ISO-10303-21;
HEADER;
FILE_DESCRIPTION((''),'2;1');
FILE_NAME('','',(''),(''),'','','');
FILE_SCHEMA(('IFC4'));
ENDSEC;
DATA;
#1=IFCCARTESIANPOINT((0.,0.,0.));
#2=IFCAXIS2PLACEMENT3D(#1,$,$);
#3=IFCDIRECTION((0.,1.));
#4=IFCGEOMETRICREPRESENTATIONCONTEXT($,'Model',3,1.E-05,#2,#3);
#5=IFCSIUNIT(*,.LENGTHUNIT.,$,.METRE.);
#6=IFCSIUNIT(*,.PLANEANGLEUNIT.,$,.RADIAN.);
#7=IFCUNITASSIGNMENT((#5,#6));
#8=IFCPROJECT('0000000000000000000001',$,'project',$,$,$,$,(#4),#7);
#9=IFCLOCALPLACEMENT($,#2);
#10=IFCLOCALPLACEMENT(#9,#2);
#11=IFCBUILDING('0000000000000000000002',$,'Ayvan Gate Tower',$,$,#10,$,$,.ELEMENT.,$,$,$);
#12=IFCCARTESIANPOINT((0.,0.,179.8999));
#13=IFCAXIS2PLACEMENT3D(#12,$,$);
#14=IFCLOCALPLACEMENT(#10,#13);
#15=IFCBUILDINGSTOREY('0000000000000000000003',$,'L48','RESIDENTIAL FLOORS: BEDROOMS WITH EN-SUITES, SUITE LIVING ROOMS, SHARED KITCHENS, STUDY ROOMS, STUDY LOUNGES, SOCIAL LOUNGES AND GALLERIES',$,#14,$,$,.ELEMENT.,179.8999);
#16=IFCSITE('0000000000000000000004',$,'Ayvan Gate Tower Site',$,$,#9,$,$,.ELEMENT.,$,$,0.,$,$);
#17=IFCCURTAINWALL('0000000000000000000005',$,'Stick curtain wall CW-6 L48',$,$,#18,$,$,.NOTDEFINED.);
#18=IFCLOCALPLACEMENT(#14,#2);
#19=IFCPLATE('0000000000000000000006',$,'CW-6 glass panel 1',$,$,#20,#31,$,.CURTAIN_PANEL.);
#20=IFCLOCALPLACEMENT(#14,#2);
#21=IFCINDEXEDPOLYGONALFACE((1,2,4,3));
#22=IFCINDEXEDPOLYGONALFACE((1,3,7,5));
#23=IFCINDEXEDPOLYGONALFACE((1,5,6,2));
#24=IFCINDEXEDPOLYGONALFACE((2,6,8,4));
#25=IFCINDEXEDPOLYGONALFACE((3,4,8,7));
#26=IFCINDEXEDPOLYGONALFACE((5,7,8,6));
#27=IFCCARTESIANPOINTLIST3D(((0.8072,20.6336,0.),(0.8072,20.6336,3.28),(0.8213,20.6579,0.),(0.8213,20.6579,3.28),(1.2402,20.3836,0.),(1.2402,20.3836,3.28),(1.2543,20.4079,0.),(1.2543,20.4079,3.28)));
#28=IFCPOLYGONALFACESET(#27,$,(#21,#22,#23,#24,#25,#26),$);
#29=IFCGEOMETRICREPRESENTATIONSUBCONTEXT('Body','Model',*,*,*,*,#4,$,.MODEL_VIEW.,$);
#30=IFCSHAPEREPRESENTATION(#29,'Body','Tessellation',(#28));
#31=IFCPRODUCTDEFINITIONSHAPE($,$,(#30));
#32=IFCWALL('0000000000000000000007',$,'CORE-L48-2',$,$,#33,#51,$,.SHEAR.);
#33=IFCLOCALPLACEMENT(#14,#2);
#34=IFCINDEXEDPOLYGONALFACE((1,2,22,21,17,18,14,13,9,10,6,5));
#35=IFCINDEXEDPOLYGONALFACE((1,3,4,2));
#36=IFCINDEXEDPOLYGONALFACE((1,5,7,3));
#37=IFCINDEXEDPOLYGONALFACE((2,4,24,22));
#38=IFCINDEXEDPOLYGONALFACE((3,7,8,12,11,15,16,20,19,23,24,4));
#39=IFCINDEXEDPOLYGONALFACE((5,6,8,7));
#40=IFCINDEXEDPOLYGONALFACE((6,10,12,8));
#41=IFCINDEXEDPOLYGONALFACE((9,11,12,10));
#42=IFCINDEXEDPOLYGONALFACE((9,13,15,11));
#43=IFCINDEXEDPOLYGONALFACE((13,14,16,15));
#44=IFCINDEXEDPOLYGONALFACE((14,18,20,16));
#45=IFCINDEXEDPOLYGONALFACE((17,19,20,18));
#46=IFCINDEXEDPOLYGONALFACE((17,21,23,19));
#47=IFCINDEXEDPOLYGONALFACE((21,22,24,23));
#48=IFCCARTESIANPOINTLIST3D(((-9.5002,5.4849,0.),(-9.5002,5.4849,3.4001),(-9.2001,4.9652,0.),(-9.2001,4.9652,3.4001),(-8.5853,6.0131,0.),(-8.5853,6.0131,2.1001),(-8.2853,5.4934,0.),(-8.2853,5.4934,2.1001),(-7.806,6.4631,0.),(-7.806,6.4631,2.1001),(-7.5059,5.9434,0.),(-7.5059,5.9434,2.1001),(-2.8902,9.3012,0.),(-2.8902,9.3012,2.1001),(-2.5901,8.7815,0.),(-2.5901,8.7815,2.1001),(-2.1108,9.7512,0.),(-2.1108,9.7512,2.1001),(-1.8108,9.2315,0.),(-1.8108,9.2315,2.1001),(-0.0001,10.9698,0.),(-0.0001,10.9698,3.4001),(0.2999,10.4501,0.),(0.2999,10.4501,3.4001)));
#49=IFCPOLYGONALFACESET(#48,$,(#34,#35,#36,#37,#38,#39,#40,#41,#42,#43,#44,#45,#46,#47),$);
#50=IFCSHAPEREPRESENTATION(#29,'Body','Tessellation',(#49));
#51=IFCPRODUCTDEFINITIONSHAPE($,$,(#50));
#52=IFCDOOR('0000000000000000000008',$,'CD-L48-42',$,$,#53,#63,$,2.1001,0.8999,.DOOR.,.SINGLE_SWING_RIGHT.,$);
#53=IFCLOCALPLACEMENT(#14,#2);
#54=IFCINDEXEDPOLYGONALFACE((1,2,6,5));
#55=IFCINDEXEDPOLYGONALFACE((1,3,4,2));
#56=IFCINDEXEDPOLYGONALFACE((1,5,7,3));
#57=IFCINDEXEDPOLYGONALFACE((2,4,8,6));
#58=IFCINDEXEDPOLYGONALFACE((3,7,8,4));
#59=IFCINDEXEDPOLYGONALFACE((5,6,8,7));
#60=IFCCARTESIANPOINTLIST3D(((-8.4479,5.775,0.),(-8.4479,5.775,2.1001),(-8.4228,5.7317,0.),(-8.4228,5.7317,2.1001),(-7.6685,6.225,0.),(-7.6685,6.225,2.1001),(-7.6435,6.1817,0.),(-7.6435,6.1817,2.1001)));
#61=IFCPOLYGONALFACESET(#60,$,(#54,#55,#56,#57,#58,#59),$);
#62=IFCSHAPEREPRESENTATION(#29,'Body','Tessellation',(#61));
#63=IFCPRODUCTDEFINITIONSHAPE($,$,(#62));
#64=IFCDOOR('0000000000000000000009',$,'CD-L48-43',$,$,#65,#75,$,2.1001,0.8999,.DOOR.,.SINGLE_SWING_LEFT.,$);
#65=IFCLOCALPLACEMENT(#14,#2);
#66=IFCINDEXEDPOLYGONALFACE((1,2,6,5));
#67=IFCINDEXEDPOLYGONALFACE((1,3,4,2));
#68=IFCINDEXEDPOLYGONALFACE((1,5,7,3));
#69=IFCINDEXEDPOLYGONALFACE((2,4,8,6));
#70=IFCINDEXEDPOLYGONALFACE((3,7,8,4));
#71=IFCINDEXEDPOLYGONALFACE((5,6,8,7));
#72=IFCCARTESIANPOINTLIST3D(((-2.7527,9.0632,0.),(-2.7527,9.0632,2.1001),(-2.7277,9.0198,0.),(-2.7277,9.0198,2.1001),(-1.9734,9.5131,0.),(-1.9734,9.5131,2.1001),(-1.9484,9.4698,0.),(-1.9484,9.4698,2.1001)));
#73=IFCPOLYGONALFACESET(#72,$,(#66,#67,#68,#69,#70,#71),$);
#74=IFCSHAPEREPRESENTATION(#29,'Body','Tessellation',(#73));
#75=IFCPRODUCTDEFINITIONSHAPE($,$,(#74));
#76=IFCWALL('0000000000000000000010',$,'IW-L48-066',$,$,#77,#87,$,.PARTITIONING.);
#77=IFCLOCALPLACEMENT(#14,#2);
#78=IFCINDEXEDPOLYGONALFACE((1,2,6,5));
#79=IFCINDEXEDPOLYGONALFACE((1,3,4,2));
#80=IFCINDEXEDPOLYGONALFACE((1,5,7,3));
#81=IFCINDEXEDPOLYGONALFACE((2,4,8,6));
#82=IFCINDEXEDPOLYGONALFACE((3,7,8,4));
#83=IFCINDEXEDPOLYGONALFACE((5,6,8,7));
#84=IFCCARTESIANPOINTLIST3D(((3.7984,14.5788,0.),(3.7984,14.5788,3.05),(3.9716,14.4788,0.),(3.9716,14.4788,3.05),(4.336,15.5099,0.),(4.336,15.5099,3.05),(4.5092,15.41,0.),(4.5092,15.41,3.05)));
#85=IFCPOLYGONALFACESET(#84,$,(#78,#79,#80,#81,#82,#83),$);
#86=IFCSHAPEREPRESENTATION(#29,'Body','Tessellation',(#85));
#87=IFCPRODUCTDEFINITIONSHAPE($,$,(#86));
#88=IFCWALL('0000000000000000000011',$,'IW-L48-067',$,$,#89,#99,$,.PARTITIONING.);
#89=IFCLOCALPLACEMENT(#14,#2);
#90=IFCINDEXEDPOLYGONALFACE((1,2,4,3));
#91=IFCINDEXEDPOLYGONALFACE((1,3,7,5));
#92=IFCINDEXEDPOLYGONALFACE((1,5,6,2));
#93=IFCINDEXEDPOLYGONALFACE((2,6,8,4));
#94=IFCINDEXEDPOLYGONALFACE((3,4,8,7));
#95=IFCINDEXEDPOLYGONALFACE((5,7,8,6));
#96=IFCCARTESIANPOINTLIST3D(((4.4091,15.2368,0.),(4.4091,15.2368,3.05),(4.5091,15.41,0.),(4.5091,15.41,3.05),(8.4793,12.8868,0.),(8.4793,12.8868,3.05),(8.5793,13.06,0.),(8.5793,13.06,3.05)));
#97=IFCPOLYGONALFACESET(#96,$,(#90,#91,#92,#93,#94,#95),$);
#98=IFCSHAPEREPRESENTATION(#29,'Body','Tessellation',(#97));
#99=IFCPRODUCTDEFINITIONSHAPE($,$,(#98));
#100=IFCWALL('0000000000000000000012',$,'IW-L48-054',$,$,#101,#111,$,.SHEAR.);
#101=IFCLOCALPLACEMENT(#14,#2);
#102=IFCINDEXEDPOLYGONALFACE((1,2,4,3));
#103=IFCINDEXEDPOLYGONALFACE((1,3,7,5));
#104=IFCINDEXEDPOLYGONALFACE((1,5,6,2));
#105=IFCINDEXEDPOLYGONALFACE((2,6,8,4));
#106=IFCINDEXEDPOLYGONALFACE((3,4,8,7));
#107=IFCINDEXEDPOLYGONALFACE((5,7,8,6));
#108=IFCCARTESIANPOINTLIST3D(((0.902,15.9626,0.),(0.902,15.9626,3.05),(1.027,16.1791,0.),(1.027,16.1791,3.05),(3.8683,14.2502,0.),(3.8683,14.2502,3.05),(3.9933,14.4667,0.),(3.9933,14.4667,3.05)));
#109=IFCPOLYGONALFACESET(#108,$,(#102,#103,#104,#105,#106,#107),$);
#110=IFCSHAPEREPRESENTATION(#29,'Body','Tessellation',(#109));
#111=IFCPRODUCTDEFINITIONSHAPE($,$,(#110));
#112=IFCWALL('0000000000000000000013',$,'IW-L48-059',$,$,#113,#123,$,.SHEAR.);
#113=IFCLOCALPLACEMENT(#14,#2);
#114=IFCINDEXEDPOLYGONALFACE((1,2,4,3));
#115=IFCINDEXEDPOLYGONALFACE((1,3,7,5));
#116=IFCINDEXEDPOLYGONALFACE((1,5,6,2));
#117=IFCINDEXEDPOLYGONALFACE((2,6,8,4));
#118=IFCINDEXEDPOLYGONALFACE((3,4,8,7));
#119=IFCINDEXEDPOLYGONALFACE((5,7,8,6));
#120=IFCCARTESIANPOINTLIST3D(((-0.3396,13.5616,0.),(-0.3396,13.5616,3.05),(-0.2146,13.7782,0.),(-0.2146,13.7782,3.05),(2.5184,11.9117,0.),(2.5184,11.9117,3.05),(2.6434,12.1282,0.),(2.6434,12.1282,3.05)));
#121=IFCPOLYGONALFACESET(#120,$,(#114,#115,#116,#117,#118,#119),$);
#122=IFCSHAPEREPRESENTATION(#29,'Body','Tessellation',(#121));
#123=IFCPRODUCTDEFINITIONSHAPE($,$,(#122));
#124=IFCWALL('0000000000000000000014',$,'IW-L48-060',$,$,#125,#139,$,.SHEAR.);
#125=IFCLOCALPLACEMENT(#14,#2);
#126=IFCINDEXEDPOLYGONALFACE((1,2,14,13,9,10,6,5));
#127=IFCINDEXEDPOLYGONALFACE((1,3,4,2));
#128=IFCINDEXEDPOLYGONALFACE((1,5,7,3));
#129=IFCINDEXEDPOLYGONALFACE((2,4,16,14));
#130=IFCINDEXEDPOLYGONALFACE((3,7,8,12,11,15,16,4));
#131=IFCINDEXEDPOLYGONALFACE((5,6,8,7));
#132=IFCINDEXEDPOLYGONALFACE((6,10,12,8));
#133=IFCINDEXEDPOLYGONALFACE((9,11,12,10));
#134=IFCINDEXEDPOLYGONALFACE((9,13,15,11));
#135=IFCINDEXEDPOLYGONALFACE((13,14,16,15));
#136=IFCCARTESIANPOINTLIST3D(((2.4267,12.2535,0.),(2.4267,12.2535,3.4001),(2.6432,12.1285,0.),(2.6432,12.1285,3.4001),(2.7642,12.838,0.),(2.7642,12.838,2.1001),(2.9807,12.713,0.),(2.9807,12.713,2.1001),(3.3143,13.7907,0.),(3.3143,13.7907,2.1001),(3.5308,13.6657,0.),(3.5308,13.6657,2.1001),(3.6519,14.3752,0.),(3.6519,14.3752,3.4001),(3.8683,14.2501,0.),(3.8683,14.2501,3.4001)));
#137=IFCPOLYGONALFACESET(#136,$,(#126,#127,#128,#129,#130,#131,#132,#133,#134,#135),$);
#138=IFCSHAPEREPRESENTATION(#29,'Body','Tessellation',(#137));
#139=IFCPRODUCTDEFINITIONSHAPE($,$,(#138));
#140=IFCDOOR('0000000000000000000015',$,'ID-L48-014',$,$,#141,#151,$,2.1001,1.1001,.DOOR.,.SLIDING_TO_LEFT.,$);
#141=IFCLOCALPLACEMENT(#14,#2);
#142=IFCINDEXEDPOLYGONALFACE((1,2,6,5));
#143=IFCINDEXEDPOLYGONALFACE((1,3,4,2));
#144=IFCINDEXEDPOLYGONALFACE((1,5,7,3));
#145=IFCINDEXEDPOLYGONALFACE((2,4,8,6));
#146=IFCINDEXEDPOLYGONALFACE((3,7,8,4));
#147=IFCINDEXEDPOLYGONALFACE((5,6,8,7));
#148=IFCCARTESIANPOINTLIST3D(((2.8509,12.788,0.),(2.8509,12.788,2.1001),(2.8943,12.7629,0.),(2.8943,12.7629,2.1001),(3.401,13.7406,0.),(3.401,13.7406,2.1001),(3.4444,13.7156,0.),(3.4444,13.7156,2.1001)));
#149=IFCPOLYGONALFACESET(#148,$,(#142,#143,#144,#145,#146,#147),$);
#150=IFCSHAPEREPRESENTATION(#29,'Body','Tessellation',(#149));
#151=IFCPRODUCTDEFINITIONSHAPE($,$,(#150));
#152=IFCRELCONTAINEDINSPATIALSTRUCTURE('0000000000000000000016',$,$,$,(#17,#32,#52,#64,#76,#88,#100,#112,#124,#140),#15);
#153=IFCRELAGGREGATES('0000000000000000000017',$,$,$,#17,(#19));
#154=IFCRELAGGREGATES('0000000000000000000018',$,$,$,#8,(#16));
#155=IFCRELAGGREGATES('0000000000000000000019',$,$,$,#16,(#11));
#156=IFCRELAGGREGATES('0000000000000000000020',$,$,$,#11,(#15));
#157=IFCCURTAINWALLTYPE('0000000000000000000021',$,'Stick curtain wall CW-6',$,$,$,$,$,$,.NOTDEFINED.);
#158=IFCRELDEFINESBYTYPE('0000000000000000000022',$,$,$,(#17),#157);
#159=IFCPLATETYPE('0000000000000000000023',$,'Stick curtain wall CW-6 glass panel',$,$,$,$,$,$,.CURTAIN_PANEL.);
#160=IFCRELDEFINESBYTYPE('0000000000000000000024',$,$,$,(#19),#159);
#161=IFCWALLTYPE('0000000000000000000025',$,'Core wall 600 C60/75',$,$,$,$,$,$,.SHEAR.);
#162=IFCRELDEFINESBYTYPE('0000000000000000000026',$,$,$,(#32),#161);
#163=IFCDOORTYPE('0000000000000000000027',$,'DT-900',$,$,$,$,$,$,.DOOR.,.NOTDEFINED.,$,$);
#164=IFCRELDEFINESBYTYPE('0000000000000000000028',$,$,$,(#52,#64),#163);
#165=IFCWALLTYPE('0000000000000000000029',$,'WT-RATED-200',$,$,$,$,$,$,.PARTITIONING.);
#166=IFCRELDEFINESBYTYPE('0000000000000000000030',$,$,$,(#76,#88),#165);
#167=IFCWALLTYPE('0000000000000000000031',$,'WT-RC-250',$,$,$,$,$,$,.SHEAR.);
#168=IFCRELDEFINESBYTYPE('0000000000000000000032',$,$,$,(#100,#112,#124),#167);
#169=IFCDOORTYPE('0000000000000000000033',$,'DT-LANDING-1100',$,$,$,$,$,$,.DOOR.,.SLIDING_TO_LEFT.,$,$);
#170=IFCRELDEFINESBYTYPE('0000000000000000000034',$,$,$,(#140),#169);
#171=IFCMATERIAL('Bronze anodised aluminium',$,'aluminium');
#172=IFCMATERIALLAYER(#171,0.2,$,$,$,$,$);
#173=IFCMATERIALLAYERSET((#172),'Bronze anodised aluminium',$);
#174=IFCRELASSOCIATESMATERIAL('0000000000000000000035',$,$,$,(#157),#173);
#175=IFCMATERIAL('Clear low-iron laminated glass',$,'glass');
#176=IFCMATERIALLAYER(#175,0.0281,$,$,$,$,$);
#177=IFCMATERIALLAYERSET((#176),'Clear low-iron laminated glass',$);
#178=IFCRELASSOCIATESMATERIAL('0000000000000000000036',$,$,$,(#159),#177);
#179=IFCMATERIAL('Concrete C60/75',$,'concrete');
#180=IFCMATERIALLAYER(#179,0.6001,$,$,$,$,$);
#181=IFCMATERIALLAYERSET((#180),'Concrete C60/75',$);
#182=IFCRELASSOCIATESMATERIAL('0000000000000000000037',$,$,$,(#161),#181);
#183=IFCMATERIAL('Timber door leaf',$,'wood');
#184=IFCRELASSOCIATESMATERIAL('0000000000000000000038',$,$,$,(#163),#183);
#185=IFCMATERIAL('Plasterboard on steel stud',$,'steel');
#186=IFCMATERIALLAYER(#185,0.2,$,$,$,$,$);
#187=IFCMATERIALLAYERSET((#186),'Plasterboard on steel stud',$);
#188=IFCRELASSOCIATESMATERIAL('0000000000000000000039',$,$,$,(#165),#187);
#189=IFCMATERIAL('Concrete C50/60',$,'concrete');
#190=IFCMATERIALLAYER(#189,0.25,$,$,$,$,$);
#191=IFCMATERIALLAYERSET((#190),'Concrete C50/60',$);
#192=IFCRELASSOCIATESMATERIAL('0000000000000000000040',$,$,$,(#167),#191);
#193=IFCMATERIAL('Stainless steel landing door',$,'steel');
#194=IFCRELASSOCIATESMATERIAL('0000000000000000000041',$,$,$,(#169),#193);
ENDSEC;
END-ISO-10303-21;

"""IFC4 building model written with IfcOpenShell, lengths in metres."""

from ifc_helpers import new_model, si_unit, direction, frame, frame_2d, origin, origin_2d, place, context, subcontext, project, spatial, rectangle, extrude, material, layer, layer_set, type_object, element, fill, aggregate, save


model = new_model("IFC4")

# Units and contexts
model_context = context("Model", 3, precision=1e-05, world=origin(), true_north=direction((0.0, 1.0)))
body_context = subcontext(model_context, "Body", "Model", "MODEL_VIEW")
ifc_project = project(units=[si_unit("LENGTHUNIT", "METRE"), si_unit("PLANEANGLEUNIT", "RADIAN")], contexts=[model_context])

# Site, building, storey
site_placement = place(None, origin())
site = spatial("IfcSite", under=ifc_project, at=site_placement, Name="Ayvan Gate Tower Site", CompositionType="ELEMENT", RefElevation=0.0)
building_placement = place(site_placement, origin())
building = spatial("IfcBuilding", under=site, at=building_placement, Name="Ayvan Gate Tower", CompositionType="ELEMENT")
storey_placement = place(building_placement, frame((0.0, 0.0, 179.8999)))
storey = spatial("IfcBuildingStorey", under=building, at=storey_placement, Name="L48", Description="RESIDENTIAL FLOORS: BEDROOMS WITH EN-SUITES, SUITE LIVING ROOMS, SHARED KITCHENS, STUDY ROOMS, STUDY LOUNGES, SOCIAL LOUNGES AND GALLERIES", CompositionType="ELEMENT", Elevation=179.8999)

# Curtain wall
ifc_material_1 = material(Name="Bronze anodised aluminium", Category="aluminium")
ifc_layer_1 = layer(ifc_material_1, 0.2)
ifc_layer_set_1 = layer_set([ifc_layer_1], Name="Bronze anodised aluminium")
curtain_wall_type_1 = type_object("IfcCurtainWallType", Name="Stick curtain wall CW-6", PredefinedType="NOTDEFINED", material=ifc_layer_set_1)
curtain_wall_1_placement = place(storey_placement, origin())
curtain_wall_1 = element("IfcCurtainWall", 1, at=curtain_wall_1_placement, inside=storey, type_object=curtain_wall_type_1, Name="Stick curtain wall CW-6 L48", PredefinedType="NOTDEFINED")

# Plate
ifc_material_2 = material(Name="Clear low-iron laminated glass", Category="glass")
ifc_layer_2 = layer(ifc_material_2, 0.0281)
ifc_layer_set_2 = layer_set([ifc_layer_2], Name="Clear low-iron laminated glass")
plate_type_1 = type_object("IfcPlateType", Name="Stick curtain wall CW-6 glass panel", PredefinedType="CURTAIN_PANEL", material=ifc_layer_set_2)
plate_1_placement = place(storey_placement, frame((1.0308, 20.5208, 0.0), z_axis=(0.0, 0.0, 1.0), x_axis=(-0.866025, 0.5, 0.0)))
plate_1 = element("IfcPlate", 2, at=plate_1_placement, type_object=plate_type_1, Name="CW-6 glass panel 1", PredefinedType="CURTAIN_PANEL", context=body_context, shape_type="SweptSolid", body=[
    extrude(rectangle(XDim=0.5, YDim=0.0281, at=origin_2d()), origin(), (0.0, 0.0, 1.0), 3.28),
])
aggregate(curtain_wall_1, [plate_1])

# Wall, openings, doors
ifc_material_3 = material(Name="Concrete C60/75", Category="concrete")
ifc_layer_3 = layer(ifc_material_3, 0.6001)
ifc_layer_set_3 = layer_set([ifc_layer_3], Name="Concrete C60/75")
wall_type_1 = type_object("IfcWallType", Name="Core wall 600 C60/75", PredefinedType="SHEAR", material=ifc_layer_set_3)
wall_1_placement = place(storey_placement, frame((0.1499, 10.71, 0.0), z_axis=(0.0, 0.0, 1.0), x_axis=(-0.866024, -0.500002, 0.0)))
wall_1 = element("IfcWall", 3, at=wall_1_placement, inside=storey, type_object=wall_type_1, Name="CORE-L48-2", PredefinedType="SHEAR", context=body_context, shape_type="SweptSolid", body=[
    extrude(rectangle(XDim=10.9697, YDim=0.6001, at=frame_2d((5.4849, 0.0))), origin(), (0.0, 0.0, 1.0), 3.4001),
])
opening_1_placement = place(wall_1_placement, frame((9.0134, 0.0, 0.0)))
opening_1 = element("IfcOpeningElement", 4, at=opening_1_placement, cuts=wall_1, PredefinedType="OPENING", context=body_context, shape_type="SweptSolid", body=[
    extrude(rectangle(XDim=0.8999, YDim=2.1001, at=frame_2d((0.45, 1.05))), frame((0.0, 0.3101, 0.0), z_axis=(0.0, -1.0, 0.0), x_axis=(1.0, 0.0, 0.0)), (0.0, 0.0, 1.0), 0.6201),
])
opening_2_placement = place(wall_1_placement, frame((2.4373, 0.0, 0.0)))
opening_2 = element("IfcOpeningElement", 5, at=opening_2_placement, cuts=wall_1, PredefinedType="OPENING", context=body_context, shape_type="SweptSolid", body=[
    extrude(rectangle(XDim=0.8999, YDim=2.1001, at=frame_2d((0.45, 1.05))), frame((0.0, 0.3101, 0.0), z_axis=(0.0, -1.0, 0.0), x_axis=(1.0, 0.0, 0.0)), (0.0, 0.0, 1.0), 0.6201),
])
ifc_material_4 = material(Name="Timber door leaf", Category="wood")
door_type_1 = type_object("IfcDoorType", Name="DT-900", OperationType="NOTDEFINED", PredefinedType="DOOR", material=ifc_material_4)
door_1_placement = place(opening_1_placement, origin())
door_1 = element("IfcDoor", 6, at=door_1_placement, inside=storey, type_object=door_type_1, Name="CD-L48-42", OperationType="SINGLE_SWING_RIGHT", OverallHeight=2.1001, OverallWidth=0.8999, PredefinedType="DOOR", context=body_context, shape_type="SweptSolid", body=[
    extrude(rectangle(XDim=0.8999, YDim=2.1001, at=frame_2d((0.45, 1.05))), frame((0.0, 0.0249, 0.0), z_axis=(0.0, -1.0, 0.0), x_axis=(1.0, 0.0, 0.0)), (0.0, 0.0, 1.0), 0.05),
])
fill(opening_1, door_1)
door_2_placement = place(opening_2_placement, origin())
door_2 = element("IfcDoor", 7, at=door_2_placement, inside=storey, type_object=door_type_1, Name="CD-L48-43", OperationType="SINGLE_SWING_LEFT", OverallHeight=2.1001, OverallWidth=0.8999, PredefinedType="DOOR", context=body_context, shape_type="SweptSolid", body=[
    extrude(rectangle(XDim=0.8999, YDim=2.1001, at=frame_2d((0.45, 1.05))), frame((0.0, 0.0249, 0.0), z_axis=(0.0, -1.0, 0.0), x_axis=(1.0, 0.0, 0.0)), (0.0, 0.0, 1.0), 0.05),
])
fill(opening_2, door_2)

# Walls
ifc_material_5 = material(Name="Plasterboard on steel stud", Category="steel")
ifc_layer_4 = layer(ifc_material_5, 0.2)
ifc_layer_set_4 = layer_set([ifc_layer_4], Name="Plasterboard on steel stud")
wall_type_2 = type_object("IfcWallType", Name="WT-RATED-200", PredefinedType="PARTITIONING", material=ifc_layer_set_4)
wall_2_placement = place(storey_placement, frame((3.885, 14.5288, 0.0), z_axis=(0.0, 0.0, 1.0), x_axis=(0.499998, 0.866027, 0.0)))
element("IfcWall", 8, at=wall_2_placement, inside=storey, type_object=wall_type_2, Name="IW-L48-066", PredefinedType="PARTITIONING", context=body_context, shape_type="SweptSolid", body=[
    extrude(rectangle(XDim=1.0752, YDim=0.2, at=frame_2d((0.5376, 0.0))), origin(), (0.0, 0.0, 1.0), 3.05),
])
wall_3_placement = place(storey_placement, frame((4.459, 15.3235, 0.0), z_axis=(0.0, 0.0, 1.0), x_axis=(0.866016, -0.500016, 0.0)))
element("IfcWall", 9, at=wall_3_placement, inside=storey, type_object=wall_type_2, Name="IW-L48-067", PredefinedType="PARTITIONING", context=body_context, shape_type="SweptSolid", body=[
    extrude(rectangle(XDim=4.7, YDim=0.2, at=frame_2d((2.3501, 0.0))), origin(), (0.0, 0.0, 1.0), 3.05),
])
ifc_material_6 = material(Name="Concrete C50/60", Category="concrete")
ifc_layer_5 = layer(ifc_material_6, 0.25)
ifc_layer_set_5 = layer_set([ifc_layer_5], Name="Concrete C50/60")
wall_type_3 = type_object("IfcWallType", Name="WT-RC-250", PredefinedType="SHEAR", material=ifc_layer_set_5)
wall_4_placement = place(storey_placement, frame((0.9646, 16.0708, 0.0), z_axis=(0.0, 0.0, 1.0), x_axis=(0.86605, -0.499957, 0.0)))
element("IfcWall", 10, at=wall_4_placement, inside=storey, type_object=wall_type_3, Name="IW-L48-054", PredefinedType="SHEAR", context=body_context, shape_type="SweptSolid", body=[
    extrude(rectangle(XDim=3.425, YDim=0.25, at=frame_2d((1.7124, 0.0))), origin(), (0.0, 0.0, 1.0), 3.05),
])
wall_5_placement = place(storey_placement, frame((2.5808, 12.02, 0.0), z_axis=(0.0, 0.0, 1.0), x_axis=(-0.86604, 0.499974, 0.0)))
element("IfcWall", 11, at=wall_5_placement, inside=storey, type_object=wall_type_3, Name="IW-L48-059", PredefinedType="SHEAR", context=body_context, shape_type="SweptSolid", body=[
    extrude(rectangle(XDim=3.3, YDim=0.25, at=frame_2d((1.6499, 0.0))), origin(), (0.0, 0.0, 1.0), 3.05),
])

# Wall, opening, door
wall_6_placement = place(storey_placement, frame((2.5349, 12.1909, 0.0), z_axis=(0.0, 0.0, 1.0), x_axis=(0.500062, 0.86599, 0.0)))
wall_6 = element("IfcWall", 12, at=wall_6_placement, inside=storey, type_object=wall_type_3, Name="IW-L48-060", PredefinedType="SHEAR", context=body_context, shape_type="SweptSolid", body=[
    extrude(rectangle(XDim=2.45, YDim=0.25, at=frame_2d((1.2251, 0.0))), origin(), (0.0, 0.0, 1.0), 3.4001),
])
opening_3_placement = place(wall_6_placement, frame((0.675, 0.0, 0.0)))
opening_3 = element("IfcOpeningElement", 13, at=opening_3_placement, cuts=wall_6, PredefinedType="OPENING", context=body_context, shape_type="SweptSolid", body=[
    extrude(rectangle(XDim=1.1001, YDim=2.1001, at=frame_2d((0.55, 1.05))), frame((0.0, 0.135, 0.0), z_axis=(0.0, -1.0, 0.0), x_axis=(1.0, 0.0, 0.0)), (0.0, 0.0, 1.0), 0.27),
])
ifc_material_7 = material(Name="Stainless steel landing door", Category="steel")
door_type_2 = type_object("IfcDoorType", Name="DT-LANDING-1100", OperationType="SLIDING_TO_LEFT", PredefinedType="DOOR", material=ifc_material_7)
door_3_placement = place(opening_3_placement, origin())
door_3 = element("IfcDoor", 14, at=door_3_placement, inside=storey, type_object=door_type_2, Name="ID-L48-014", OperationType="SLIDING_TO_LEFT", OverallHeight=2.1001, OverallWidth=1.1001, PredefinedType="DOOR", context=body_context, shape_type="SweptSolid", body=[
    extrude(rectangle(XDim=1.1001, YDim=2.1001, at=frame_2d((0.55, 1.05))), frame((0.0, 0.0249, 0.0), z_axis=(0.0, -1.0, 0.0), x_axis=(1.0, 0.0, 0.0)), (0.0, 0.0, 1.0), 0.05),
])
fill(opening_3, door_3)

save(model, "model.ifc")
